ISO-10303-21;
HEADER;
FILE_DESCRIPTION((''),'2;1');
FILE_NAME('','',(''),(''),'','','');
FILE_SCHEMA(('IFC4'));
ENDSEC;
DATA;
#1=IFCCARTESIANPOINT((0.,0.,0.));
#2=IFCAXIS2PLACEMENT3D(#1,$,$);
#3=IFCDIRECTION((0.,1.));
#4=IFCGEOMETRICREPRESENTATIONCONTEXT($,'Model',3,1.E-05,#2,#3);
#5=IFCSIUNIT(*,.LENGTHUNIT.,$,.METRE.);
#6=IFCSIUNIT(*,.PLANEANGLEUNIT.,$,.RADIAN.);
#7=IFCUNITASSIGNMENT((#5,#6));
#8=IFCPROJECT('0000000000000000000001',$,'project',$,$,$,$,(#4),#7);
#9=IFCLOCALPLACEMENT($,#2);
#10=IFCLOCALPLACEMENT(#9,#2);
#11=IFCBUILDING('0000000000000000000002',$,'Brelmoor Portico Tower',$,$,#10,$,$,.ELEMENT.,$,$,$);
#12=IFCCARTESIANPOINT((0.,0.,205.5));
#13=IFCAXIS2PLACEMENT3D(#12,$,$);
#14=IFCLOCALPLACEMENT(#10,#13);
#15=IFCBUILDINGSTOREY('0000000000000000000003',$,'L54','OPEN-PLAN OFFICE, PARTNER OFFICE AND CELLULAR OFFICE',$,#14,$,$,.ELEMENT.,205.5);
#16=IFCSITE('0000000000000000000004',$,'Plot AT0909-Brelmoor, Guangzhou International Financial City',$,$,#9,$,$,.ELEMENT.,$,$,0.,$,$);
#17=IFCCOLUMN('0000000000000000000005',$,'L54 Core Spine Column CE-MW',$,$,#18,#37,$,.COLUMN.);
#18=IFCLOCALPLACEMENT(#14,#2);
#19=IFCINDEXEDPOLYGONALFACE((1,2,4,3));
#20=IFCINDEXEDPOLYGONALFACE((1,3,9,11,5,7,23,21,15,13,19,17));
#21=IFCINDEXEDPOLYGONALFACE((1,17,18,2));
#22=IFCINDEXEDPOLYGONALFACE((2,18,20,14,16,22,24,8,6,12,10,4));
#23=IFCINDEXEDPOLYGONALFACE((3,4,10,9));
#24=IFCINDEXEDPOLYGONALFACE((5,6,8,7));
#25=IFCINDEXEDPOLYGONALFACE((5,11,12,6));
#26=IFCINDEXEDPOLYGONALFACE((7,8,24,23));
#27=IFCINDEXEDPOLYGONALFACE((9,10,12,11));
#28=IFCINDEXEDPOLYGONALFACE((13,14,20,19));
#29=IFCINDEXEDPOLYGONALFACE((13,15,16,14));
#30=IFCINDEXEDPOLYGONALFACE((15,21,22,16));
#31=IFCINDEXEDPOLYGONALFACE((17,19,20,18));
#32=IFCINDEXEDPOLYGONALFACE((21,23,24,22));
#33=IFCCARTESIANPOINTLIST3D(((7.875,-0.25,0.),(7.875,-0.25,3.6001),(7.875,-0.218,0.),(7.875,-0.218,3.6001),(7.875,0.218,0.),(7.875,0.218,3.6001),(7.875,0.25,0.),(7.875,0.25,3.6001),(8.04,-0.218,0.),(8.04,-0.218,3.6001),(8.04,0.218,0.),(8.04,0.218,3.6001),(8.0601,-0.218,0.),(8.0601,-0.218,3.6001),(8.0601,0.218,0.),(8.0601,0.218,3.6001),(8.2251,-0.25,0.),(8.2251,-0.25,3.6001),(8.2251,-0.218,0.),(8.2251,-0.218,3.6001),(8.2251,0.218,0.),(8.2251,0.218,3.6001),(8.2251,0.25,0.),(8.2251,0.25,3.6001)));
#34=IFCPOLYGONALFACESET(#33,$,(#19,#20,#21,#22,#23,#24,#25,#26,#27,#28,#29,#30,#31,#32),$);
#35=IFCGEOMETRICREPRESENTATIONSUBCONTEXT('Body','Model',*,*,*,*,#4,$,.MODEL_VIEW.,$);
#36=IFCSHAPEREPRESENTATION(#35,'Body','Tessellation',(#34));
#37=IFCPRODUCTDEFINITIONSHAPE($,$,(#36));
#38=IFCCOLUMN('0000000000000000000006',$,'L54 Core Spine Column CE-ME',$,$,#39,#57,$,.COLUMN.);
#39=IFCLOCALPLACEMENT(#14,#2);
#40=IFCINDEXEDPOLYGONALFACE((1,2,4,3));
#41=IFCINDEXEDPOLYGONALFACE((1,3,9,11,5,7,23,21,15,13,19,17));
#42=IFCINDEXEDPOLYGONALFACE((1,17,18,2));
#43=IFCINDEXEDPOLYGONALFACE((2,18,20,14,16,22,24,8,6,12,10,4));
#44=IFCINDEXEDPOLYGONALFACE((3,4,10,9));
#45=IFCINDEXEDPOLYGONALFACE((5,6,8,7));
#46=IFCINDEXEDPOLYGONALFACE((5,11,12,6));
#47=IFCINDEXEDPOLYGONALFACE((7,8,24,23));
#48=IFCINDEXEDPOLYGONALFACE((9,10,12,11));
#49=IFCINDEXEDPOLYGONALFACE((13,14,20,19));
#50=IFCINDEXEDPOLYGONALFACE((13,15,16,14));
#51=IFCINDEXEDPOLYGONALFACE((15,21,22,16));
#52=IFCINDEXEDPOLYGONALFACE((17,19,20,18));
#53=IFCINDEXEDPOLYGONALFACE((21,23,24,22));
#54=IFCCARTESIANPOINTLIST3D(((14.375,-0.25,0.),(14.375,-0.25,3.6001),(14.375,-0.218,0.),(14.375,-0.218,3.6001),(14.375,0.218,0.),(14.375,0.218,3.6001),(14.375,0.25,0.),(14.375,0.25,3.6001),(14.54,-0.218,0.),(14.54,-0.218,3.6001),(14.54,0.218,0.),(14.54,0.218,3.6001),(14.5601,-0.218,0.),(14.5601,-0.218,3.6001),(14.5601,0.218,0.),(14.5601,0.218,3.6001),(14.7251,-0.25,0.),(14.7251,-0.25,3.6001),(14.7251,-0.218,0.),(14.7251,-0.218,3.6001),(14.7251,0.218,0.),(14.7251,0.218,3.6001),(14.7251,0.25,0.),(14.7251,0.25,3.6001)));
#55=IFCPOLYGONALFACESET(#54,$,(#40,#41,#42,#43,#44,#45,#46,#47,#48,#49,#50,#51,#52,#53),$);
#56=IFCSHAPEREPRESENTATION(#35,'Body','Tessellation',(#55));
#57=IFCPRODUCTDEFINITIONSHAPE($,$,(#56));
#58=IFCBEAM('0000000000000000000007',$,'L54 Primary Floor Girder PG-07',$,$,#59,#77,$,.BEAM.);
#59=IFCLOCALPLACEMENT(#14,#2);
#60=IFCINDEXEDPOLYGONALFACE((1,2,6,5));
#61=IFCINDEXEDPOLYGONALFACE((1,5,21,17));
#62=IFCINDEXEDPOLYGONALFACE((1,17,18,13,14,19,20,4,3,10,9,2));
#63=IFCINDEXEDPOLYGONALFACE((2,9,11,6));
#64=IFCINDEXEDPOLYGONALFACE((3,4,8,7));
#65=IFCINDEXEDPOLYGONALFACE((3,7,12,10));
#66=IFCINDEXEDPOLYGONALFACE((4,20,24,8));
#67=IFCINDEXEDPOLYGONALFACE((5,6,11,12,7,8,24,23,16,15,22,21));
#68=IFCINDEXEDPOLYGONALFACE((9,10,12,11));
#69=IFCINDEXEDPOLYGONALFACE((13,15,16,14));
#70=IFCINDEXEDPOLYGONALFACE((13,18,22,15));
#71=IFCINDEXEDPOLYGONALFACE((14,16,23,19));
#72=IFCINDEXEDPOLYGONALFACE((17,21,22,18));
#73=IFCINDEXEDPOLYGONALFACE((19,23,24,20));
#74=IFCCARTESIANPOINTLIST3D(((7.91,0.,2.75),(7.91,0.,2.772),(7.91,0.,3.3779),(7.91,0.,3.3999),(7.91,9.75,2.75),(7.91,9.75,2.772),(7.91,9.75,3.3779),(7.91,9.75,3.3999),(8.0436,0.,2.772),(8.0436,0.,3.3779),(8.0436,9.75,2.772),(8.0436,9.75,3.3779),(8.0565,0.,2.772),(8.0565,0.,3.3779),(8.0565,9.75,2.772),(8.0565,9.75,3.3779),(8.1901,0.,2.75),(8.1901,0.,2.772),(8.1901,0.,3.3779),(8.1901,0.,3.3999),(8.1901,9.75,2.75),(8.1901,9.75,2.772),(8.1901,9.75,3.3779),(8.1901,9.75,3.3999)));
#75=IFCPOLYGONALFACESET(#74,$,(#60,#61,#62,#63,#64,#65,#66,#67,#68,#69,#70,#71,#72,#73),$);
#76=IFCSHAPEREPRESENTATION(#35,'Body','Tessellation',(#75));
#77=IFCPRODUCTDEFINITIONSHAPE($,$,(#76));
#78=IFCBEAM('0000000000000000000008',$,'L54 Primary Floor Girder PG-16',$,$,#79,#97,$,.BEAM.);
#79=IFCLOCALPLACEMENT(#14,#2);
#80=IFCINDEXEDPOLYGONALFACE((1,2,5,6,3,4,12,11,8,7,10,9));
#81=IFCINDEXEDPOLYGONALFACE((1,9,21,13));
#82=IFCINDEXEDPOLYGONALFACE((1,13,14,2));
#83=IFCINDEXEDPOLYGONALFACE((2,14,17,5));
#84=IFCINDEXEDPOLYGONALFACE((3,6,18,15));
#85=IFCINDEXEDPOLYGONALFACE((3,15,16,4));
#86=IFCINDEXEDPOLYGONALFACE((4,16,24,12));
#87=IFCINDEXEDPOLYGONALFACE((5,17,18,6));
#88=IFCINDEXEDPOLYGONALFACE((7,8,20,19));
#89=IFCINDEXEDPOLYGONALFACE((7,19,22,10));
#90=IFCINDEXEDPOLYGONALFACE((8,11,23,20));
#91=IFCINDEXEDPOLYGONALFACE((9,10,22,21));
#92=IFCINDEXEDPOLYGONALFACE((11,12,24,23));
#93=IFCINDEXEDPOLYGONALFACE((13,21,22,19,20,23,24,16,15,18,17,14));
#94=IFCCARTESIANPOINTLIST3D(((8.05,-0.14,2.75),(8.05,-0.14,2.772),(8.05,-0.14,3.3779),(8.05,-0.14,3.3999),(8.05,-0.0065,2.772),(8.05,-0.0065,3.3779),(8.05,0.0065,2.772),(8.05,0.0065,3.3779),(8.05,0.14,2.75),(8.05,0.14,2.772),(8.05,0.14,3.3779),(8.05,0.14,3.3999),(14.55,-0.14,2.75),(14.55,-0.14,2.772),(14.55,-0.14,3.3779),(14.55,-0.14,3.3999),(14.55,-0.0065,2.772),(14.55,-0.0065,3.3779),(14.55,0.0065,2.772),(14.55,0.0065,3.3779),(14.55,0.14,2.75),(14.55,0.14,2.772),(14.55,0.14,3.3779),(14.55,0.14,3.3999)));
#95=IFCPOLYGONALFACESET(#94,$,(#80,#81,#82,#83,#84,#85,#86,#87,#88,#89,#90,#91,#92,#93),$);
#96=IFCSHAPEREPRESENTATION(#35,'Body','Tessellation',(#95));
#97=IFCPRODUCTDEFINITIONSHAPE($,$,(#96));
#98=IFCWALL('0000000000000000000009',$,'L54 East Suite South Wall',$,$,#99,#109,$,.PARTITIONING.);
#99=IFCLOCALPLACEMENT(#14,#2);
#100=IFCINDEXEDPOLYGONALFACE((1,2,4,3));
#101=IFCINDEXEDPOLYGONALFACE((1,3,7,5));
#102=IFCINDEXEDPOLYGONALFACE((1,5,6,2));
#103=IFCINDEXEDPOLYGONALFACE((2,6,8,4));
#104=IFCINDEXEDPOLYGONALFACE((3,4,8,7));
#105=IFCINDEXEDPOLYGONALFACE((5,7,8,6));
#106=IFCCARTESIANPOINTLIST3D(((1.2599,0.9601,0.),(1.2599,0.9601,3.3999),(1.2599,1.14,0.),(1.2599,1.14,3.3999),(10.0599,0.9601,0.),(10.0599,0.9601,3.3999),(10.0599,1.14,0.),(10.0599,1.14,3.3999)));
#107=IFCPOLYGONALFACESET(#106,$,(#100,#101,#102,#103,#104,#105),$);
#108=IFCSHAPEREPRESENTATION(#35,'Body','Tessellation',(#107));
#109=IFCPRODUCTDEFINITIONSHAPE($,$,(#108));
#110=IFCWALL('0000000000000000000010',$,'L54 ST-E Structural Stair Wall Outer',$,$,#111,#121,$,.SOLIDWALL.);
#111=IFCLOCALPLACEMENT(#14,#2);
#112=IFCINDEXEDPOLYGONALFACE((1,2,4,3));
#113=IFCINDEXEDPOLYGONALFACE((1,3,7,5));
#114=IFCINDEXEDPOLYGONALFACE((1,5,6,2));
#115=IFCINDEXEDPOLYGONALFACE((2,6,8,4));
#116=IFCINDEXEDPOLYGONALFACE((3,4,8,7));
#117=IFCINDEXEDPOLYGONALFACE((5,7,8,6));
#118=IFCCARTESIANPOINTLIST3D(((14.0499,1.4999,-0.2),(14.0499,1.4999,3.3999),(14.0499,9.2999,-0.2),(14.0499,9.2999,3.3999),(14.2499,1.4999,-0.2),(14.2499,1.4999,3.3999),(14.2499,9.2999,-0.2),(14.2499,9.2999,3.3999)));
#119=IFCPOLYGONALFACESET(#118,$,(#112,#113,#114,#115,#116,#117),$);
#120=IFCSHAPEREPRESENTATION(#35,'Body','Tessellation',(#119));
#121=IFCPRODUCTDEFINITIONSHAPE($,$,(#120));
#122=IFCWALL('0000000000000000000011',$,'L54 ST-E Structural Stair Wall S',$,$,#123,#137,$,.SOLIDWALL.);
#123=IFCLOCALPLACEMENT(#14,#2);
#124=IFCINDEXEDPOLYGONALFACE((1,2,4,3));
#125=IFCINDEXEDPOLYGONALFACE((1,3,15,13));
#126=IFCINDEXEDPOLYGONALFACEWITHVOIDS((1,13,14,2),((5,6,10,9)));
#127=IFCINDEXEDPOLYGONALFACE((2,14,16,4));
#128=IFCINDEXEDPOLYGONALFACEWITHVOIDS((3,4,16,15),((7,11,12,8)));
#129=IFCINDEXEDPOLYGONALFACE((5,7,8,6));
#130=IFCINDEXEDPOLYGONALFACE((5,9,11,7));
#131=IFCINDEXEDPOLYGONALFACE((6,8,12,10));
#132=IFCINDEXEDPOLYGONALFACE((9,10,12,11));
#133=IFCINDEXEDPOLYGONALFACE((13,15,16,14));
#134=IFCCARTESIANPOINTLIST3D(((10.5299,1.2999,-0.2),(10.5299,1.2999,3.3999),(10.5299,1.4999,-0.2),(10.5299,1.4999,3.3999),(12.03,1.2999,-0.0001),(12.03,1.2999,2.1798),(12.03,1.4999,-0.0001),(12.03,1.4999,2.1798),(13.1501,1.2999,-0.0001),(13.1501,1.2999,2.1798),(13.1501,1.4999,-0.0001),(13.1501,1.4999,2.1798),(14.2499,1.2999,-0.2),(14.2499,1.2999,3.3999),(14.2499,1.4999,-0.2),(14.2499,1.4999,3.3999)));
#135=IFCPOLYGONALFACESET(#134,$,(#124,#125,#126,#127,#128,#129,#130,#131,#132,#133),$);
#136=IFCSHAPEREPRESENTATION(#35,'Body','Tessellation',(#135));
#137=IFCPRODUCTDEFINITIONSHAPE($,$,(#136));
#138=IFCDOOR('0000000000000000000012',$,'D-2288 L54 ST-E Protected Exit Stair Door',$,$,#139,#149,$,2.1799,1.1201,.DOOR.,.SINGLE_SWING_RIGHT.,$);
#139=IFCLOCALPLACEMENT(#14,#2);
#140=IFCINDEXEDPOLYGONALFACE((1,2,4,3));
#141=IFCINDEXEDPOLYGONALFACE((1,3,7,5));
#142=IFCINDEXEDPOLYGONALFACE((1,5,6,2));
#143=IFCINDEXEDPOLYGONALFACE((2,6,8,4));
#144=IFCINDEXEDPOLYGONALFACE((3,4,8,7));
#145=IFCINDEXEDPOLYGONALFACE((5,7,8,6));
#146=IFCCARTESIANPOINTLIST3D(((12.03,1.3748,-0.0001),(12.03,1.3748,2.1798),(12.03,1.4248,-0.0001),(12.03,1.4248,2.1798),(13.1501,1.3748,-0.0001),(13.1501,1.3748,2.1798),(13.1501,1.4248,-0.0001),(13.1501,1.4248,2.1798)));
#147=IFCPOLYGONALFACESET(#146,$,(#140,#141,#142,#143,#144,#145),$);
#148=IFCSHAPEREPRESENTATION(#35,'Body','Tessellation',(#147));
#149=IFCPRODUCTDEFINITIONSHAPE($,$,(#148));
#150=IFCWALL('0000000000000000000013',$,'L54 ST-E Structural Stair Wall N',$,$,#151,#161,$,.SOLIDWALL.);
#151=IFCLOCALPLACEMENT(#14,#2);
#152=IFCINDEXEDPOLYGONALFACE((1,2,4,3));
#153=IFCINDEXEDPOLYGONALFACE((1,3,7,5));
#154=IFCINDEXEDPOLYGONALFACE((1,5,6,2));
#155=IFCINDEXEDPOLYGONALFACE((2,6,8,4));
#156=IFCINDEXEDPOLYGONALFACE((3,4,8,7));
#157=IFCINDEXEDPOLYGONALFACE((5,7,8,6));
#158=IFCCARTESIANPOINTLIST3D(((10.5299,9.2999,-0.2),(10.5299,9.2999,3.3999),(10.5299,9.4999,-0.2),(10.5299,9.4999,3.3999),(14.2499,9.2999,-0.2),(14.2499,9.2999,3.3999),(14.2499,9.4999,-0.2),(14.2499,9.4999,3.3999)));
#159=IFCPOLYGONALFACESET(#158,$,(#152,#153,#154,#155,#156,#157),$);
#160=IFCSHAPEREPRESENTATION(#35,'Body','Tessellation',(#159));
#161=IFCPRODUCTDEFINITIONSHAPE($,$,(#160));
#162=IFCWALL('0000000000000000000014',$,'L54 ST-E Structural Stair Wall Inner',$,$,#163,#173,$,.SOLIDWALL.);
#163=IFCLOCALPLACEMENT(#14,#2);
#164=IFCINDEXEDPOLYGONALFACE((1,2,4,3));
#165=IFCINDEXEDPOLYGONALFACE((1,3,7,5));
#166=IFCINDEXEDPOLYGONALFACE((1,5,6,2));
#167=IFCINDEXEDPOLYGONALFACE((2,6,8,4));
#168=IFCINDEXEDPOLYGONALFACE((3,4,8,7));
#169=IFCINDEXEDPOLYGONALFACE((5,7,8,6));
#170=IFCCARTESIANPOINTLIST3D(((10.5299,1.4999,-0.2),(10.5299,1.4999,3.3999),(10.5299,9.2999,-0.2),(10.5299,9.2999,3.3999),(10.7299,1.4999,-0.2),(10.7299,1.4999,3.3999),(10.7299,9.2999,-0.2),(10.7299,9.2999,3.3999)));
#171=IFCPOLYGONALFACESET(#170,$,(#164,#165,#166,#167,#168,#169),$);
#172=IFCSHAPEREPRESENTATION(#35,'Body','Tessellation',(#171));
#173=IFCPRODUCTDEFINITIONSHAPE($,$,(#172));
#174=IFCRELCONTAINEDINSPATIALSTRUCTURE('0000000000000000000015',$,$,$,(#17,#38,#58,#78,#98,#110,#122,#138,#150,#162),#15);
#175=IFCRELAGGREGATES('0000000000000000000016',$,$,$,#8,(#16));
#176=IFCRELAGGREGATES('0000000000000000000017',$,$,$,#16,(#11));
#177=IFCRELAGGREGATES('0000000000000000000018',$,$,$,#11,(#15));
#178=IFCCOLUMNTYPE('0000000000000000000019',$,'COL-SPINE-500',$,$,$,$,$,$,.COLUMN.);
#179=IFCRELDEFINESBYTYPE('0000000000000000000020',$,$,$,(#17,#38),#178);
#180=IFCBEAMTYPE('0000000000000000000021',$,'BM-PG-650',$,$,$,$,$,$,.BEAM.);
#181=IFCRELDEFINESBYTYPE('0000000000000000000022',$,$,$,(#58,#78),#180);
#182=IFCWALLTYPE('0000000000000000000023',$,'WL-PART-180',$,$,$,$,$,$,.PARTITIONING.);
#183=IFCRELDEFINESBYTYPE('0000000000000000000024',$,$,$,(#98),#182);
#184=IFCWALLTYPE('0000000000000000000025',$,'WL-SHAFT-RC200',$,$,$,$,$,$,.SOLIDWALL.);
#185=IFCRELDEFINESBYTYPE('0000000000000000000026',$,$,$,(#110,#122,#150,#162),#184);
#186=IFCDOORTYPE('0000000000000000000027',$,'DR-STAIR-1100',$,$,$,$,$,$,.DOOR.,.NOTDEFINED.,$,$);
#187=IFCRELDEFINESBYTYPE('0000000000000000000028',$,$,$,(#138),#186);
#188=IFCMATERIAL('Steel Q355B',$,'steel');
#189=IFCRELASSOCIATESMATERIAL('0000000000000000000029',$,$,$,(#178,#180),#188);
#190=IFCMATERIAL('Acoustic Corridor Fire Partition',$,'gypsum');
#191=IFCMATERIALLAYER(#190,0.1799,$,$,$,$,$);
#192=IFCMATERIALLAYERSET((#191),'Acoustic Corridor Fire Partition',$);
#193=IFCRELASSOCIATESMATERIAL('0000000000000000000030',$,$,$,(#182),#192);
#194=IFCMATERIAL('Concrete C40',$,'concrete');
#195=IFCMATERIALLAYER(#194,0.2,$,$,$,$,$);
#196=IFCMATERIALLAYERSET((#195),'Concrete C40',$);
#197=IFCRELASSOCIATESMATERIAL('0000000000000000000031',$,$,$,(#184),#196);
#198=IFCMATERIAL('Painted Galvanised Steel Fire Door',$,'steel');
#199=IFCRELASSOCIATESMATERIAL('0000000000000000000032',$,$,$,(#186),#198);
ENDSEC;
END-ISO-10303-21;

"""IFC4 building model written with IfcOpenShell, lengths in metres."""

from ifc_helpers import new_model, si_unit, direction, frame, frame_2d, origin, origin_2d, place, context, subcontext, project, spatial, rectangle, i_section, extrude, material, layer, layer_set, material_profile, profile_set, type_object, element, fill, save


model = new_model("IFC4")

# Units and contexts
model_context = context("Model", 3, precision=1e-05, world=origin(), true_north=direction((0.0, 1.0)))
body_context = subcontext(model_context, "Body", "Model", "MODEL_VIEW")
ifc_project = project(units=[si_unit("LENGTHUNIT", "METRE"), si_unit("PLANEANGLEUNIT", "RADIAN")], contexts=[model_context])

# Site, building, storey
site_placement = place(None, origin())
site = spatial("IfcSite", under=ifc_project, at=site_placement, Name="Plot AT0909-Brelmoor, Guangzhou International Financial City", CompositionType="ELEMENT", RefElevation=0.0)
building_placement = place(site_placement, origin())
building = spatial("IfcBuilding", under=site, at=building_placement, Name="Brelmoor Portico Tower", CompositionType="ELEMENT")
storey_placement = place(building_placement, frame((0.0, 0.0, 205.5)))
storey = spatial("IfcBuildingStorey", under=building, at=storey_placement, Name="L54", Description="OPEN-PLAN OFFICE, PARTNER OFFICE AND CELLULAR OFFICE", CompositionType="ELEMENT", Elevation=205.5)

# Columns
ifc_material_1 = material(Name="Steel Q355B", Category="steel")
ifc_material_profile_1 = material_profile(ifc_material_1, i_section(OverallWidth=0.3501, OverallDepth=0.5, WebThickness=0.02, FlangeThickness=0.032, at=origin_2d()), Name="HW 500x350x20x32")
ifc_profile_set_1 = profile_set([ifc_material_profile_1], Name="Steel Q355B")
column_type = type_object("IfcColumnType", Name="COL-SPINE-500", PredefinedType="COLUMN", material=ifc_profile_set_1)
for number, where, z_axis, x_axis, name in (
    (1, (8.05, 0.0, 0.0), (0.0, 0.0, 1.0), (1.0, 0.0, 0.0), "L54 Core Spine Column CE-MW"),
    (2, (14.55, 0.0, 0.0), (0.0, 0.0, 1.0), (1.0, 0.0, 0.0), "L54 Core Spine Column CE-ME"),
):
    element("IfcColumn", number, at=place(storey_placement, frame(where, z_axis=z_axis, x_axis=x_axis)), inside=storey, type_object=column_type, Name=name, PredefinedType="COLUMN", context=body_context, shape_type="SweptSolid", body=[
        extrude(i_section(OverallWidth=0.3501, OverallDepth=0.5, WebThickness=0.02, FlangeThickness=0.032, at=origin_2d()), origin(), (0.0, 0.0, 1.0), 3.6001),
    ])

# Beams
ifc_material_profile_2 = material_profile(ifc_material_1, i_section(OverallWidth=0.28, OverallDepth=0.6499, WebThickness=0.0129, FlangeThickness=0.022, at=origin_2d()), Name="HN 650x280x13x22")
ifc_profile_set_2 = profile_set([ifc_material_profile_2], Name="Steel Q355B")
beam_type = type_object("IfcBeamType", Name="BM-PG-650", PredefinedType="BEAM", material=ifc_profile_set_2)
beam_1_placement = place(storey_placement, frame((8.05, 0.0, 3.075), z_axis=(0.0, 1.0, 0.0), x_axis=(-1.0, 0.0, 0.0)))
element("IfcBeam", 3, at=beam_1_placement, inside=storey, type_object=beam_type, Name="L54 Primary Floor Girder PG-07", PredefinedType="BEAM", context=body_context, shape_type="SweptSolid", body=[
    extrude(i_section(OverallWidth=0.28, OverallDepth=0.6499, WebThickness=0.0129, FlangeThickness=0.022, at=origin_2d()), origin(), (0.0, 0.0, 1.0), 9.75),
])
beam_2_placement = place(storey_placement, frame((8.05, 0.0, 3.075), z_axis=(1.0, 0.0, 0.0), x_axis=(0.0, 1.0, 0.0)))
element("IfcBeam", 4, at=beam_2_placement, inside=storey, type_object=beam_type, Name="L54 Primary Floor Girder PG-16", PredefinedType="BEAM", context=body_context, shape_type="SweptSolid", body=[
    extrude(i_section(OverallWidth=0.28, OverallDepth=0.6499, WebThickness=0.0129, FlangeThickness=0.022, at=origin_2d()), origin(), (0.0, 0.0, 1.0), 6.5),
])

# Walls
ifc_material_2 = material(Name="Acoustic Corridor Fire Partition", Category="gypsum")
ifc_layer_1 = layer(ifc_material_2, 0.1799)
ifc_layer_set_1 = layer_set([ifc_layer_1], Name="Acoustic Corridor Fire Partition")
wall_type_1 = type_object("IfcWallType", Name="WL-PART-180", PredefinedType="PARTITIONING", material=ifc_layer_set_1)
wall_1_placement = place(storey_placement, frame((1.26, 1.05, 0.0), z_axis=(0.0, 0.0, 1.0), x_axis=(1.0, 0.0, 0.0)))
element("IfcWall", 5, at=wall_1_placement, inside=storey, type_object=wall_type_1, Name="L54 East Suite South Wall", PredefinedType="PARTITIONING", context=body_context, shape_type="SweptSolid", body=[
    extrude(rectangle(XDim=8.8, YDim=0.1799, at=frame_2d((4.3999, 0.0))), origin(), (0.0, 0.0, 1.0), 3.3999),
])
ifc_material_3 = material(Name="Concrete C40", Category="concrete")
ifc_layer_2 = layer(ifc_material_3, 0.2)
ifc_layer_set_2 = layer_set([ifc_layer_2], Name="Concrete C40")
wall_type_2 = type_object("IfcWallType", Name="WL-SHAFT-RC200", PredefinedType="SOLIDWALL", material=ifc_layer_set_2)
wall_2_placement = place(storey_placement, frame((14.1499, 1.5, -0.2), z_axis=(0.0, 0.0, 1.0), x_axis=(0.0, 1.0, 0.0)))
element("IfcWall", 6, at=wall_2_placement, inside=storey, type_object=wall_type_2, Name="L54 ST-E Structural Stair Wall Outer", PredefinedType="SOLIDWALL", context=body_context, shape_type="SweptSolid", body=[
    extrude(rectangle(XDim=7.8, YDim=0.2, at=frame_2d((3.8999, 0.0))), origin(), (0.0, 0.0, 1.0), 3.5999),
])

# Wall, opening, door
wall_3_placement = place(storey_placement, frame((10.53, 1.3999, -0.2), z_axis=(0.0, 0.0, 1.0), x_axis=(1.0, 0.0, 0.0)))
wall_3 = element("IfcWall", 7, at=wall_3_placement, inside=storey, type_object=wall_type_2, Name="L54 ST-E Structural Stair Wall S", PredefinedType="SOLIDWALL", context=body_context, shape_type="SweptSolid", body=[
    extrude(rectangle(XDim=3.72, YDim=0.2, at=frame_2d((1.8599, 0.0))), origin(), (0.0, 0.0, 1.0), 3.5999),
])
opening_placement = place(wall_3_placement, frame((1.5, 0.0, 0.2)))
opening = element("IfcOpeningElement", 8, at=opening_placement, cuts=wall_3, PredefinedType="OPENING", context=body_context, shape_type="SweptSolid", body=[
    extrude(rectangle(XDim=1.1201, YDim=2.1799, at=frame_2d((0.5601, 1.0898))), frame((0.0, 0.1099, 0.0), z_axis=(0.0, -1.0, 0.0), x_axis=(1.0, 0.0, 0.0)), (0.0, 0.0, 1.0), 0.22),
])
ifc_material_4 = material(Name="Painted Galvanised Steel Fire Door", Category="steel")
door_type = type_object("IfcDoorType", Name="DR-STAIR-1100", OperationType="NOTDEFINED", PredefinedType="DOOR", material=ifc_material_4)
door_placement = place(opening_placement, origin())
door = element("IfcDoor", 9, at=door_placement, inside=storey, type_object=door_type, Name="D-2288 L54 ST-E Protected Exit Stair Door", OperationType="SINGLE_SWING_RIGHT", OverallHeight=2.1799, OverallWidth=1.1201, PredefinedType="DOOR", context=body_context, shape_type="SweptSolid", body=[
    extrude(rectangle(XDim=1.1201, YDim=2.1799, at=frame_2d((0.5601, 1.0898))), frame((0.0, 0.0249, 0.0), z_axis=(0.0, -1.0, 0.0), x_axis=(1.0, 0.0, 0.0)), (0.0, 0.0, 1.0), 0.05),
])
fill(opening, door)

# Walls
wall_4_placement = place(storey_placement, frame((10.53, 9.3999, -0.2), z_axis=(0.0, 0.0, 1.0), x_axis=(1.0, 0.0, 0.0)))
element("IfcWall", 10, at=wall_4_placement, inside=storey, type_object=wall_type_2, Name="L54 ST-E Structural Stair Wall N", PredefinedType="SOLIDWALL", context=body_context, shape_type="SweptSolid", body=[
    extrude(rectangle(XDim=3.72, YDim=0.2, at=frame_2d((1.8599, 0.0))), origin(), (0.0, 0.0, 1.0), 3.5999),
])
wall_5_placement = place(storey_placement, frame((10.6299, 1.5, -0.2), z_axis=(0.0, 0.0, 1.0), x_axis=(0.0, 1.0, 0.0)))
element("IfcWall", 11, at=wall_5_placement, inside=storey, type_object=wall_type_2, Name="L54 ST-E Structural Stair Wall Inner", PredefinedType="SOLIDWALL", context=body_context, shape_type="SweptSolid", body=[
    extrude(rectangle(XDim=7.8, YDim=0.2, at=frame_2d((3.8999, 0.0))), origin(), (0.0, 0.0, 1.0), 3.5999),
])

save(model, "model.ifc")
